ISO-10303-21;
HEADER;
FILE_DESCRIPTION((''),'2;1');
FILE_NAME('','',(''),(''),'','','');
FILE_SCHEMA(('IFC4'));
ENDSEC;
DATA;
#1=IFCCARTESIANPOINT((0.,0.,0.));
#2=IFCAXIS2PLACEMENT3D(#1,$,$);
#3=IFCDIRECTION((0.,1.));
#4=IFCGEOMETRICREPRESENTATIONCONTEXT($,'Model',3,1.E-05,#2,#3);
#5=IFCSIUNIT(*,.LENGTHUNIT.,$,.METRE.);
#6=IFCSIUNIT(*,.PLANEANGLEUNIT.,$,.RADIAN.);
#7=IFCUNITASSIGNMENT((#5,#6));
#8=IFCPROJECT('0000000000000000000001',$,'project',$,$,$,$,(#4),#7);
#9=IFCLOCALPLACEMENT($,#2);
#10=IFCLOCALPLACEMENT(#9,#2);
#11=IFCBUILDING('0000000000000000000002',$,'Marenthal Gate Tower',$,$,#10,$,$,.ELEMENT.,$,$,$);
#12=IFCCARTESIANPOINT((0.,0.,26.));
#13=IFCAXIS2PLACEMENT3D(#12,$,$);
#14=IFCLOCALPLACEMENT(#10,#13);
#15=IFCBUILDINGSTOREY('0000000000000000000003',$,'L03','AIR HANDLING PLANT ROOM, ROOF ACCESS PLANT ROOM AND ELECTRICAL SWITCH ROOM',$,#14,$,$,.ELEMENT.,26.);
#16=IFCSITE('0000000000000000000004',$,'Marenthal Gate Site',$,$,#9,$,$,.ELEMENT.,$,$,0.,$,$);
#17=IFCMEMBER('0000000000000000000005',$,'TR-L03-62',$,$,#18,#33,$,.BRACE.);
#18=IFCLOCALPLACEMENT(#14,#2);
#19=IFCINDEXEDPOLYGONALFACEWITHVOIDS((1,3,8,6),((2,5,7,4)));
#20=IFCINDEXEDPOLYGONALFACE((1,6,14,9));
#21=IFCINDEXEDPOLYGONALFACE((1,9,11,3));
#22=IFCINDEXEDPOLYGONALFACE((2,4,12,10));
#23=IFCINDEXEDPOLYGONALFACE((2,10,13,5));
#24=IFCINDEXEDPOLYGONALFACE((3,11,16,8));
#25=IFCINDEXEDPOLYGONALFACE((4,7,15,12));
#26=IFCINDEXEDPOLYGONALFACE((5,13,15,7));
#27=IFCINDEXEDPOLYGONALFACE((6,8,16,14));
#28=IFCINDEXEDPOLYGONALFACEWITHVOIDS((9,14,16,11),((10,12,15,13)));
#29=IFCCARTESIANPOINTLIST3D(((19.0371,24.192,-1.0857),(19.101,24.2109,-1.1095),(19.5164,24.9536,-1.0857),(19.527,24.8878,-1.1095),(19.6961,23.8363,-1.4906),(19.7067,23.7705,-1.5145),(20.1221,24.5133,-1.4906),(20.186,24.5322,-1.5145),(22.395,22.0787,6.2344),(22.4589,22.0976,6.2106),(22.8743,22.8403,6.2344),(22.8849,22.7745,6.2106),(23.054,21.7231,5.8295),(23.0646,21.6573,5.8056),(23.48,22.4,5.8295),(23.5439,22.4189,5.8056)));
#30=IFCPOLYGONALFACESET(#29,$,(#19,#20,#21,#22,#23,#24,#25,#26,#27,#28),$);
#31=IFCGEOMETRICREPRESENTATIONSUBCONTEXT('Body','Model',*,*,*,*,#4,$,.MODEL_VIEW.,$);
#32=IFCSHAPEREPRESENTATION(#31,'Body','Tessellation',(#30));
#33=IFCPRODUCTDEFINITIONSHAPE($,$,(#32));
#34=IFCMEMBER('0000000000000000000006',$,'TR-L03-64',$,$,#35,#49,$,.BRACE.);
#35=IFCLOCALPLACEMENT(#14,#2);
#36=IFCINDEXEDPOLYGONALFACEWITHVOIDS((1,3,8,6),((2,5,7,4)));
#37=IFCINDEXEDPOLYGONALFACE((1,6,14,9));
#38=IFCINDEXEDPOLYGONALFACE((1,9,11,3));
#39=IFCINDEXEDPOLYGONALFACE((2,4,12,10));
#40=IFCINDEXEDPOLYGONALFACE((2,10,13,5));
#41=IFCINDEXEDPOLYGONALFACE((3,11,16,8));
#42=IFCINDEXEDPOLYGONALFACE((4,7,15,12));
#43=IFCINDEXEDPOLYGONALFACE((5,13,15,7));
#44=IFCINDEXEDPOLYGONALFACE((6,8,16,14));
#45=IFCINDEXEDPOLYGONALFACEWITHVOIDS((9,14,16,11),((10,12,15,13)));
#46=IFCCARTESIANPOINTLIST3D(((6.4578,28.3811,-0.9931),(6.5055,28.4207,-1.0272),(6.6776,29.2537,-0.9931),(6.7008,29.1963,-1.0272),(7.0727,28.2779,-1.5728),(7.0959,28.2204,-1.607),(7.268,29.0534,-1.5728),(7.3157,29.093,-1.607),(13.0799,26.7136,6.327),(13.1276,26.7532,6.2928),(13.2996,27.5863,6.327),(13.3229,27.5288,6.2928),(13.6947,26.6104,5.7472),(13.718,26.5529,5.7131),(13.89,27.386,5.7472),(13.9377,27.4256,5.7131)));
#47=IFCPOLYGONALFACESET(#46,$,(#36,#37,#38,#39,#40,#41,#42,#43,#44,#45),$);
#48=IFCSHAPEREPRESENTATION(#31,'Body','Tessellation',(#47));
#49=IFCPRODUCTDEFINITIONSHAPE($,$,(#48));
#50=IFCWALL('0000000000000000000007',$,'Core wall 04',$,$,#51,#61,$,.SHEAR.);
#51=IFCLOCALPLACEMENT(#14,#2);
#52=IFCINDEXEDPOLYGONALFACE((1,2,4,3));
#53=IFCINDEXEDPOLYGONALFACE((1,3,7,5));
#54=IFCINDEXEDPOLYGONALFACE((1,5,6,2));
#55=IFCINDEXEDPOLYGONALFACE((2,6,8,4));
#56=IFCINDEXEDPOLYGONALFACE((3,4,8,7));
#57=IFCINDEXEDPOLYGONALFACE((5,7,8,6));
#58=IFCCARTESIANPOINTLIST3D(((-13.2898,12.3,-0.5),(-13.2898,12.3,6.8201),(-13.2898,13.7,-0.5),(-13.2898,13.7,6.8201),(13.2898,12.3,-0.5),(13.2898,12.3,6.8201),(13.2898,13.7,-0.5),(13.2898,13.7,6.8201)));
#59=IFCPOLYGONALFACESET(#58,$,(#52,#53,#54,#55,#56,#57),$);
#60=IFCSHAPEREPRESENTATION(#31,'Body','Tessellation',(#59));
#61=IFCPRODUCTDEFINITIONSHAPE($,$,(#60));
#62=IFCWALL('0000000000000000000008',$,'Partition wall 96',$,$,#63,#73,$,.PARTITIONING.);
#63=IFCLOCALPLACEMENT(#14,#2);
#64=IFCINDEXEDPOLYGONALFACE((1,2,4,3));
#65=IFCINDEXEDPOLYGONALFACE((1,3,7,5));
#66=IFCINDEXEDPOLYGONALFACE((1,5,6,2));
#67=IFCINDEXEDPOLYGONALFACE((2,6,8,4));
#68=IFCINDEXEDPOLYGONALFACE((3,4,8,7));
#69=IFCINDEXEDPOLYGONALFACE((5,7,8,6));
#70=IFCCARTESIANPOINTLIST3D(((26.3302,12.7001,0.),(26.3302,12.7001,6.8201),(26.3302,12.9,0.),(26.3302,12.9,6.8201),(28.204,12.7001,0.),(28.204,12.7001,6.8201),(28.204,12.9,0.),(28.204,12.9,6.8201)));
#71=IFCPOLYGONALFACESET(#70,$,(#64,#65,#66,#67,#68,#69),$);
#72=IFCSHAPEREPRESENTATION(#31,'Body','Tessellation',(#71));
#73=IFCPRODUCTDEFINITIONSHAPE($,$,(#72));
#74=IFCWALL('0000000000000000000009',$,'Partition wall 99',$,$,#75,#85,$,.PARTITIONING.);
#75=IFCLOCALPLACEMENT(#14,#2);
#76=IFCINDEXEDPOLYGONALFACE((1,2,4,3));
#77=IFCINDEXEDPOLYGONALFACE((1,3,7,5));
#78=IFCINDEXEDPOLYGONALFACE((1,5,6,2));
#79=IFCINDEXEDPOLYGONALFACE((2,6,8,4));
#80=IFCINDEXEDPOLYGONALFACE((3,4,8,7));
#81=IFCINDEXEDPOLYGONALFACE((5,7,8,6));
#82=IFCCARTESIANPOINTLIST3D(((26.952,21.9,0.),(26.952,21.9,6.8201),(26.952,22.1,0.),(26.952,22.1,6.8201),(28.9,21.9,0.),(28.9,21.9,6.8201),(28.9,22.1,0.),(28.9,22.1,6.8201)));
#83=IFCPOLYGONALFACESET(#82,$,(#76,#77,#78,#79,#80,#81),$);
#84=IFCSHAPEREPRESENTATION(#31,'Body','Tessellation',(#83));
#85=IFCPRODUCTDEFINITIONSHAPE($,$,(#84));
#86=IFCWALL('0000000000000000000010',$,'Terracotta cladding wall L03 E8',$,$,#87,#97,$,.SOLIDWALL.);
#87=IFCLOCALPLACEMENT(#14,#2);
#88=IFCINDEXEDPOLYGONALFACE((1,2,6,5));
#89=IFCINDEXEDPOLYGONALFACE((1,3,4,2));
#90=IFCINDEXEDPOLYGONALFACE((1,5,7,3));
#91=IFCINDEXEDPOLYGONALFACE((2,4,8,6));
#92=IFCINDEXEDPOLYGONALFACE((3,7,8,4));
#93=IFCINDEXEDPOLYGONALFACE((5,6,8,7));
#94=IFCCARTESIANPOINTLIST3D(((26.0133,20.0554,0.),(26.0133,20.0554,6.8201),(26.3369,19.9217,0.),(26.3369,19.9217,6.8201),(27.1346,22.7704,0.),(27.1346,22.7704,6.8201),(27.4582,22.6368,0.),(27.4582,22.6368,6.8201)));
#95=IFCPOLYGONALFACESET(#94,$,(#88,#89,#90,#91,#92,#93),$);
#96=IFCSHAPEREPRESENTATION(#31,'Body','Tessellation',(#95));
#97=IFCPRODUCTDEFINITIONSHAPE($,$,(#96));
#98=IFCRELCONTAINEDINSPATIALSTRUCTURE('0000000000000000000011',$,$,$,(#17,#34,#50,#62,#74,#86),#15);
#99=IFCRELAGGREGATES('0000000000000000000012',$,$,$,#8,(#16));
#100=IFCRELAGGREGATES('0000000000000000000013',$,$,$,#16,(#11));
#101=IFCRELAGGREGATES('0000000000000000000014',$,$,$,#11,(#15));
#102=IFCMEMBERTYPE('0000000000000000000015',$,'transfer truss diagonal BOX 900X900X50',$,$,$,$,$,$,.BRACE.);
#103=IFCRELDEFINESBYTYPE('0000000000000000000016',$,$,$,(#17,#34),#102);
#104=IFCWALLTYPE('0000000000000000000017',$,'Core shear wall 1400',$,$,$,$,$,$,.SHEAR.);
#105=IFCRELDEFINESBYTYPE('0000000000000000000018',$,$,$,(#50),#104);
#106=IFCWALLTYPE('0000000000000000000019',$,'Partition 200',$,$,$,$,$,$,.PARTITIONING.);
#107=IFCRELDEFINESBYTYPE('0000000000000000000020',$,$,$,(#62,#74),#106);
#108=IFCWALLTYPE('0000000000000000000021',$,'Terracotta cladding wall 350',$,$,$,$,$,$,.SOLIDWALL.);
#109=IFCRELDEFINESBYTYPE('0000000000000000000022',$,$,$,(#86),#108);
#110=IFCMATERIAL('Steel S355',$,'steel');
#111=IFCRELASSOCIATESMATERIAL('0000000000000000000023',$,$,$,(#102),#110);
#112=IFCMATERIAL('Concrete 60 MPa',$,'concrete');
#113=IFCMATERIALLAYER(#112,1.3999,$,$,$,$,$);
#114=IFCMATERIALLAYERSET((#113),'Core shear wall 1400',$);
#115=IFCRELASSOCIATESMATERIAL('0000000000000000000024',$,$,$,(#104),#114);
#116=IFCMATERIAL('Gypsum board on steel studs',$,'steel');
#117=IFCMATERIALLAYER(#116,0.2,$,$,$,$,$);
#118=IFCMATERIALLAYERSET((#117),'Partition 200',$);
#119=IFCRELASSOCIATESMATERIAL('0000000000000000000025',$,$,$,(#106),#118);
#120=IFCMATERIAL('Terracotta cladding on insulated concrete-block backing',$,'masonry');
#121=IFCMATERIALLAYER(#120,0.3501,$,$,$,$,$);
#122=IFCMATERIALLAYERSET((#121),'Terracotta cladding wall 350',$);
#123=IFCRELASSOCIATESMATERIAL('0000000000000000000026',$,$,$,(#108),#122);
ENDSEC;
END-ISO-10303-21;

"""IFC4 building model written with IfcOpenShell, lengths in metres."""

from ifc_helpers import new_model, si_unit, direction, frame, frame_2d, origin, origin_2d, place, context, subcontext, project, spatial, rectangle, hollow_rectangle, extrude, material, layer, layer_set, material_profile, profile_set, type_object, element, save


model = new_model("IFC4")

# Units and contexts
model_context = context("Model", 3, precision=1e-05, world=origin(), true_north=direction((0.0, 1.0)))
body_context = subcontext(model_context, "Body", "Model", "MODEL_VIEW")
ifc_project = project(units=[si_unit("LENGTHUNIT", "METRE"), si_unit("PLANEANGLEUNIT", "RADIAN")], contexts=[model_context])

# Site, building, storey
site_placement = place(None, origin())
site = spatial("IfcSite", under=ifc_project, at=site_placement, Name="Marenthal Gate Site", CompositionType="ELEMENT", RefElevation=0.0)
building_placement = place(site_placement, origin())
building = spatial("IfcBuilding", under=site, at=building_placement, Name="Marenthal Gate Tower", CompositionType="ELEMENT")
storey_placement = place(building_placement, frame((0.0, 0.0, 26.0)))
storey = spatial("IfcBuildingStorey", under=building, at=storey_placement, Name="L03", Description="AIR HANDLING PLANT ROOM, ROOF ACCESS PLANT ROOM AND ELECTRICAL SWITCH ROOM", CompositionType="ELEMENT", Elevation=26.0)

# Members
ifc_material_1 = material(Name="Steel S355", Category="steel")
ifc_material_profile_1 = material_profile(ifc_material_1, hollow_rectangle(XDim=0.8999, YDim=0.8999, WallThickness=0.05, at=origin_2d()), Name="BOX 900X900X50")
ifc_profile_set_1 = profile_set([ifc_material_profile_1], Name="Steel S355")
member_type_1 = type_object("IfcMemberType", Name="transfer truss diagonal BOX 900X900X50", PredefinedType="BRACE", material=ifc_profile_set_1)
member_1_placement = place(storey_placement, frame((22.9695, 22.2488, 6.02), z_axis=(-0.403296, 0.253812, -0.879165), x_axis=(-0.53264, -0.846342, 0.0)))
element("IfcMember", 1, at=member_1_placement, inside=storey, type_object=member_type_1, Name="TR-L03-62", PredefinedType="BRACE", context=body_context, shape_type="SweptSolid", body=[
    extrude(hollow_rectangle(XDim=0.8999, YDim=0.8999, WallThickness=0.05, at=origin_2d()), origin(), (0.0, 0.0, 1.0), 8.3262),
])
member_2_placement = place(storey_placement, frame((13.5088, 27.0696, 6.02), z_axis=(-0.661494, 0.166568, -0.731219), x_axis=(-0.244184, -0.969729, 0.0)))
element("IfcMember", 2, at=member_2_placement, inside=storey, type_object=member_type_1, Name="TR-L03-64", PredefinedType="BRACE", context=body_context, shape_type="SweptSolid", body=[
    extrude(hollow_rectangle(XDim=0.8999, YDim=0.8999, WallThickness=0.05, at=origin_2d()), origin(), (0.0, 0.0, 1.0), 10.0107),
])

# Walls
ifc_material_2 = material(Name="Concrete 60 MPa", Category="concrete")
ifc_layer_1 = layer(ifc_material_2, 1.3999)
ifc_layer_set_1 = layer_set([ifc_layer_1], Name="Core shear wall 1400")
wall_type_1 = type_object("IfcWallType", Name="Core shear wall 1400", PredefinedType="SHEAR", material=ifc_layer_set_1)
wall_1_placement = place(storey_placement, frame((13.2898, 13.0, -0.5), z_axis=(0.0, 0.0, 1.0), x_axis=(-1.0, 0.0, 0.0)))
element("IfcWall", 3, at=wall_1_placement, inside=storey, type_object=wall_type_1, Name="Core wall 04", PredefinedType="SHEAR", context=body_context, shape_type="SweptSolid", body=[
    extrude(rectangle(XDim=26.5796, YDim=1.3999, at=frame_2d((13.2898, 0.0))), origin(), (0.0, 0.0, 1.0), 7.3201),
])
ifc_material_3 = material(Name="Gypsum board on steel studs", Category="steel")
ifc_layer_2 = layer(ifc_material_3, 0.2)
ifc_layer_set_2 = layer_set([ifc_layer_2], Name="Partition 200")
wall_type_2 = type_object("IfcWallType", Name="Partition 200", PredefinedType="PARTITIONING", material=ifc_layer_set_2)
wall_2_placement = place(storey_placement, frame((26.3301, 12.8, 0.0), z_axis=(0.0, 0.0, 1.0), x_axis=(1.0, 0.0, 0.0)))
element("IfcWall", 4, at=wall_2_placement, inside=storey, type_object=wall_type_2, Name="Partition wall 96", PredefinedType="PARTITIONING", context=body_context, shape_type="SweptSolid", body=[
    extrude(rectangle(XDim=1.8738, YDim=0.2, at=frame_2d((0.937, 0.0))), origin(), (0.0, 0.0, 1.0), 6.8201),
])
wall_3_placement = place(storey_placement, frame((26.9519, 22.0, 0.0), z_axis=(0.0, 0.0, 1.0), x_axis=(1.0, 0.0, 0.0)))
element("IfcWall", 5, at=wall_3_placement, inside=storey, type_object=wall_type_2, Name="Partition wall 99", PredefinedType="PARTITIONING", context=body_context, shape_type="SweptSolid", body=[
    extrude(rectangle(XDim=1.948, YDim=0.2, at=frame_2d((0.9741, 0.0))), origin(), (0.0, 0.0, 1.0), 6.8201),
])
ifc_material_4 = material(Name="Terracotta cladding on insulated concrete-block backing", Category="masonry")
ifc_layer_3 = layer(ifc_material_4, 0.3501)
ifc_layer_set_3 = layer_set([ifc_layer_3], Name="Terracotta cladding wall 350")
wall_type_3 = type_object("IfcWallType", Name="Terracotta cladding wall 350", PredefinedType="SOLIDWALL", material=ifc_layer_set_3)
wall_4_placement = place(storey_placement, frame((27.2964, 22.7036, 0.0), z_axis=(0.0, 0.0, 1.0), x_axis=(-0.381728, -0.924275, 0.0)))
element("IfcWall", 6, at=wall_4_placement, inside=storey, type_object=wall_type_3, Name="Terracotta cladding wall L03 E8", PredefinedType="SOLIDWALL", context=body_context, shape_type="SweptSolid", body=[
    extrude(rectangle(XDim=2.9375, YDim=0.3501, at=frame_2d((1.4688, 0.0))), origin(), (0.0, 0.0, 1.0), 6.8201),
])

save(model, "model.ifc")
